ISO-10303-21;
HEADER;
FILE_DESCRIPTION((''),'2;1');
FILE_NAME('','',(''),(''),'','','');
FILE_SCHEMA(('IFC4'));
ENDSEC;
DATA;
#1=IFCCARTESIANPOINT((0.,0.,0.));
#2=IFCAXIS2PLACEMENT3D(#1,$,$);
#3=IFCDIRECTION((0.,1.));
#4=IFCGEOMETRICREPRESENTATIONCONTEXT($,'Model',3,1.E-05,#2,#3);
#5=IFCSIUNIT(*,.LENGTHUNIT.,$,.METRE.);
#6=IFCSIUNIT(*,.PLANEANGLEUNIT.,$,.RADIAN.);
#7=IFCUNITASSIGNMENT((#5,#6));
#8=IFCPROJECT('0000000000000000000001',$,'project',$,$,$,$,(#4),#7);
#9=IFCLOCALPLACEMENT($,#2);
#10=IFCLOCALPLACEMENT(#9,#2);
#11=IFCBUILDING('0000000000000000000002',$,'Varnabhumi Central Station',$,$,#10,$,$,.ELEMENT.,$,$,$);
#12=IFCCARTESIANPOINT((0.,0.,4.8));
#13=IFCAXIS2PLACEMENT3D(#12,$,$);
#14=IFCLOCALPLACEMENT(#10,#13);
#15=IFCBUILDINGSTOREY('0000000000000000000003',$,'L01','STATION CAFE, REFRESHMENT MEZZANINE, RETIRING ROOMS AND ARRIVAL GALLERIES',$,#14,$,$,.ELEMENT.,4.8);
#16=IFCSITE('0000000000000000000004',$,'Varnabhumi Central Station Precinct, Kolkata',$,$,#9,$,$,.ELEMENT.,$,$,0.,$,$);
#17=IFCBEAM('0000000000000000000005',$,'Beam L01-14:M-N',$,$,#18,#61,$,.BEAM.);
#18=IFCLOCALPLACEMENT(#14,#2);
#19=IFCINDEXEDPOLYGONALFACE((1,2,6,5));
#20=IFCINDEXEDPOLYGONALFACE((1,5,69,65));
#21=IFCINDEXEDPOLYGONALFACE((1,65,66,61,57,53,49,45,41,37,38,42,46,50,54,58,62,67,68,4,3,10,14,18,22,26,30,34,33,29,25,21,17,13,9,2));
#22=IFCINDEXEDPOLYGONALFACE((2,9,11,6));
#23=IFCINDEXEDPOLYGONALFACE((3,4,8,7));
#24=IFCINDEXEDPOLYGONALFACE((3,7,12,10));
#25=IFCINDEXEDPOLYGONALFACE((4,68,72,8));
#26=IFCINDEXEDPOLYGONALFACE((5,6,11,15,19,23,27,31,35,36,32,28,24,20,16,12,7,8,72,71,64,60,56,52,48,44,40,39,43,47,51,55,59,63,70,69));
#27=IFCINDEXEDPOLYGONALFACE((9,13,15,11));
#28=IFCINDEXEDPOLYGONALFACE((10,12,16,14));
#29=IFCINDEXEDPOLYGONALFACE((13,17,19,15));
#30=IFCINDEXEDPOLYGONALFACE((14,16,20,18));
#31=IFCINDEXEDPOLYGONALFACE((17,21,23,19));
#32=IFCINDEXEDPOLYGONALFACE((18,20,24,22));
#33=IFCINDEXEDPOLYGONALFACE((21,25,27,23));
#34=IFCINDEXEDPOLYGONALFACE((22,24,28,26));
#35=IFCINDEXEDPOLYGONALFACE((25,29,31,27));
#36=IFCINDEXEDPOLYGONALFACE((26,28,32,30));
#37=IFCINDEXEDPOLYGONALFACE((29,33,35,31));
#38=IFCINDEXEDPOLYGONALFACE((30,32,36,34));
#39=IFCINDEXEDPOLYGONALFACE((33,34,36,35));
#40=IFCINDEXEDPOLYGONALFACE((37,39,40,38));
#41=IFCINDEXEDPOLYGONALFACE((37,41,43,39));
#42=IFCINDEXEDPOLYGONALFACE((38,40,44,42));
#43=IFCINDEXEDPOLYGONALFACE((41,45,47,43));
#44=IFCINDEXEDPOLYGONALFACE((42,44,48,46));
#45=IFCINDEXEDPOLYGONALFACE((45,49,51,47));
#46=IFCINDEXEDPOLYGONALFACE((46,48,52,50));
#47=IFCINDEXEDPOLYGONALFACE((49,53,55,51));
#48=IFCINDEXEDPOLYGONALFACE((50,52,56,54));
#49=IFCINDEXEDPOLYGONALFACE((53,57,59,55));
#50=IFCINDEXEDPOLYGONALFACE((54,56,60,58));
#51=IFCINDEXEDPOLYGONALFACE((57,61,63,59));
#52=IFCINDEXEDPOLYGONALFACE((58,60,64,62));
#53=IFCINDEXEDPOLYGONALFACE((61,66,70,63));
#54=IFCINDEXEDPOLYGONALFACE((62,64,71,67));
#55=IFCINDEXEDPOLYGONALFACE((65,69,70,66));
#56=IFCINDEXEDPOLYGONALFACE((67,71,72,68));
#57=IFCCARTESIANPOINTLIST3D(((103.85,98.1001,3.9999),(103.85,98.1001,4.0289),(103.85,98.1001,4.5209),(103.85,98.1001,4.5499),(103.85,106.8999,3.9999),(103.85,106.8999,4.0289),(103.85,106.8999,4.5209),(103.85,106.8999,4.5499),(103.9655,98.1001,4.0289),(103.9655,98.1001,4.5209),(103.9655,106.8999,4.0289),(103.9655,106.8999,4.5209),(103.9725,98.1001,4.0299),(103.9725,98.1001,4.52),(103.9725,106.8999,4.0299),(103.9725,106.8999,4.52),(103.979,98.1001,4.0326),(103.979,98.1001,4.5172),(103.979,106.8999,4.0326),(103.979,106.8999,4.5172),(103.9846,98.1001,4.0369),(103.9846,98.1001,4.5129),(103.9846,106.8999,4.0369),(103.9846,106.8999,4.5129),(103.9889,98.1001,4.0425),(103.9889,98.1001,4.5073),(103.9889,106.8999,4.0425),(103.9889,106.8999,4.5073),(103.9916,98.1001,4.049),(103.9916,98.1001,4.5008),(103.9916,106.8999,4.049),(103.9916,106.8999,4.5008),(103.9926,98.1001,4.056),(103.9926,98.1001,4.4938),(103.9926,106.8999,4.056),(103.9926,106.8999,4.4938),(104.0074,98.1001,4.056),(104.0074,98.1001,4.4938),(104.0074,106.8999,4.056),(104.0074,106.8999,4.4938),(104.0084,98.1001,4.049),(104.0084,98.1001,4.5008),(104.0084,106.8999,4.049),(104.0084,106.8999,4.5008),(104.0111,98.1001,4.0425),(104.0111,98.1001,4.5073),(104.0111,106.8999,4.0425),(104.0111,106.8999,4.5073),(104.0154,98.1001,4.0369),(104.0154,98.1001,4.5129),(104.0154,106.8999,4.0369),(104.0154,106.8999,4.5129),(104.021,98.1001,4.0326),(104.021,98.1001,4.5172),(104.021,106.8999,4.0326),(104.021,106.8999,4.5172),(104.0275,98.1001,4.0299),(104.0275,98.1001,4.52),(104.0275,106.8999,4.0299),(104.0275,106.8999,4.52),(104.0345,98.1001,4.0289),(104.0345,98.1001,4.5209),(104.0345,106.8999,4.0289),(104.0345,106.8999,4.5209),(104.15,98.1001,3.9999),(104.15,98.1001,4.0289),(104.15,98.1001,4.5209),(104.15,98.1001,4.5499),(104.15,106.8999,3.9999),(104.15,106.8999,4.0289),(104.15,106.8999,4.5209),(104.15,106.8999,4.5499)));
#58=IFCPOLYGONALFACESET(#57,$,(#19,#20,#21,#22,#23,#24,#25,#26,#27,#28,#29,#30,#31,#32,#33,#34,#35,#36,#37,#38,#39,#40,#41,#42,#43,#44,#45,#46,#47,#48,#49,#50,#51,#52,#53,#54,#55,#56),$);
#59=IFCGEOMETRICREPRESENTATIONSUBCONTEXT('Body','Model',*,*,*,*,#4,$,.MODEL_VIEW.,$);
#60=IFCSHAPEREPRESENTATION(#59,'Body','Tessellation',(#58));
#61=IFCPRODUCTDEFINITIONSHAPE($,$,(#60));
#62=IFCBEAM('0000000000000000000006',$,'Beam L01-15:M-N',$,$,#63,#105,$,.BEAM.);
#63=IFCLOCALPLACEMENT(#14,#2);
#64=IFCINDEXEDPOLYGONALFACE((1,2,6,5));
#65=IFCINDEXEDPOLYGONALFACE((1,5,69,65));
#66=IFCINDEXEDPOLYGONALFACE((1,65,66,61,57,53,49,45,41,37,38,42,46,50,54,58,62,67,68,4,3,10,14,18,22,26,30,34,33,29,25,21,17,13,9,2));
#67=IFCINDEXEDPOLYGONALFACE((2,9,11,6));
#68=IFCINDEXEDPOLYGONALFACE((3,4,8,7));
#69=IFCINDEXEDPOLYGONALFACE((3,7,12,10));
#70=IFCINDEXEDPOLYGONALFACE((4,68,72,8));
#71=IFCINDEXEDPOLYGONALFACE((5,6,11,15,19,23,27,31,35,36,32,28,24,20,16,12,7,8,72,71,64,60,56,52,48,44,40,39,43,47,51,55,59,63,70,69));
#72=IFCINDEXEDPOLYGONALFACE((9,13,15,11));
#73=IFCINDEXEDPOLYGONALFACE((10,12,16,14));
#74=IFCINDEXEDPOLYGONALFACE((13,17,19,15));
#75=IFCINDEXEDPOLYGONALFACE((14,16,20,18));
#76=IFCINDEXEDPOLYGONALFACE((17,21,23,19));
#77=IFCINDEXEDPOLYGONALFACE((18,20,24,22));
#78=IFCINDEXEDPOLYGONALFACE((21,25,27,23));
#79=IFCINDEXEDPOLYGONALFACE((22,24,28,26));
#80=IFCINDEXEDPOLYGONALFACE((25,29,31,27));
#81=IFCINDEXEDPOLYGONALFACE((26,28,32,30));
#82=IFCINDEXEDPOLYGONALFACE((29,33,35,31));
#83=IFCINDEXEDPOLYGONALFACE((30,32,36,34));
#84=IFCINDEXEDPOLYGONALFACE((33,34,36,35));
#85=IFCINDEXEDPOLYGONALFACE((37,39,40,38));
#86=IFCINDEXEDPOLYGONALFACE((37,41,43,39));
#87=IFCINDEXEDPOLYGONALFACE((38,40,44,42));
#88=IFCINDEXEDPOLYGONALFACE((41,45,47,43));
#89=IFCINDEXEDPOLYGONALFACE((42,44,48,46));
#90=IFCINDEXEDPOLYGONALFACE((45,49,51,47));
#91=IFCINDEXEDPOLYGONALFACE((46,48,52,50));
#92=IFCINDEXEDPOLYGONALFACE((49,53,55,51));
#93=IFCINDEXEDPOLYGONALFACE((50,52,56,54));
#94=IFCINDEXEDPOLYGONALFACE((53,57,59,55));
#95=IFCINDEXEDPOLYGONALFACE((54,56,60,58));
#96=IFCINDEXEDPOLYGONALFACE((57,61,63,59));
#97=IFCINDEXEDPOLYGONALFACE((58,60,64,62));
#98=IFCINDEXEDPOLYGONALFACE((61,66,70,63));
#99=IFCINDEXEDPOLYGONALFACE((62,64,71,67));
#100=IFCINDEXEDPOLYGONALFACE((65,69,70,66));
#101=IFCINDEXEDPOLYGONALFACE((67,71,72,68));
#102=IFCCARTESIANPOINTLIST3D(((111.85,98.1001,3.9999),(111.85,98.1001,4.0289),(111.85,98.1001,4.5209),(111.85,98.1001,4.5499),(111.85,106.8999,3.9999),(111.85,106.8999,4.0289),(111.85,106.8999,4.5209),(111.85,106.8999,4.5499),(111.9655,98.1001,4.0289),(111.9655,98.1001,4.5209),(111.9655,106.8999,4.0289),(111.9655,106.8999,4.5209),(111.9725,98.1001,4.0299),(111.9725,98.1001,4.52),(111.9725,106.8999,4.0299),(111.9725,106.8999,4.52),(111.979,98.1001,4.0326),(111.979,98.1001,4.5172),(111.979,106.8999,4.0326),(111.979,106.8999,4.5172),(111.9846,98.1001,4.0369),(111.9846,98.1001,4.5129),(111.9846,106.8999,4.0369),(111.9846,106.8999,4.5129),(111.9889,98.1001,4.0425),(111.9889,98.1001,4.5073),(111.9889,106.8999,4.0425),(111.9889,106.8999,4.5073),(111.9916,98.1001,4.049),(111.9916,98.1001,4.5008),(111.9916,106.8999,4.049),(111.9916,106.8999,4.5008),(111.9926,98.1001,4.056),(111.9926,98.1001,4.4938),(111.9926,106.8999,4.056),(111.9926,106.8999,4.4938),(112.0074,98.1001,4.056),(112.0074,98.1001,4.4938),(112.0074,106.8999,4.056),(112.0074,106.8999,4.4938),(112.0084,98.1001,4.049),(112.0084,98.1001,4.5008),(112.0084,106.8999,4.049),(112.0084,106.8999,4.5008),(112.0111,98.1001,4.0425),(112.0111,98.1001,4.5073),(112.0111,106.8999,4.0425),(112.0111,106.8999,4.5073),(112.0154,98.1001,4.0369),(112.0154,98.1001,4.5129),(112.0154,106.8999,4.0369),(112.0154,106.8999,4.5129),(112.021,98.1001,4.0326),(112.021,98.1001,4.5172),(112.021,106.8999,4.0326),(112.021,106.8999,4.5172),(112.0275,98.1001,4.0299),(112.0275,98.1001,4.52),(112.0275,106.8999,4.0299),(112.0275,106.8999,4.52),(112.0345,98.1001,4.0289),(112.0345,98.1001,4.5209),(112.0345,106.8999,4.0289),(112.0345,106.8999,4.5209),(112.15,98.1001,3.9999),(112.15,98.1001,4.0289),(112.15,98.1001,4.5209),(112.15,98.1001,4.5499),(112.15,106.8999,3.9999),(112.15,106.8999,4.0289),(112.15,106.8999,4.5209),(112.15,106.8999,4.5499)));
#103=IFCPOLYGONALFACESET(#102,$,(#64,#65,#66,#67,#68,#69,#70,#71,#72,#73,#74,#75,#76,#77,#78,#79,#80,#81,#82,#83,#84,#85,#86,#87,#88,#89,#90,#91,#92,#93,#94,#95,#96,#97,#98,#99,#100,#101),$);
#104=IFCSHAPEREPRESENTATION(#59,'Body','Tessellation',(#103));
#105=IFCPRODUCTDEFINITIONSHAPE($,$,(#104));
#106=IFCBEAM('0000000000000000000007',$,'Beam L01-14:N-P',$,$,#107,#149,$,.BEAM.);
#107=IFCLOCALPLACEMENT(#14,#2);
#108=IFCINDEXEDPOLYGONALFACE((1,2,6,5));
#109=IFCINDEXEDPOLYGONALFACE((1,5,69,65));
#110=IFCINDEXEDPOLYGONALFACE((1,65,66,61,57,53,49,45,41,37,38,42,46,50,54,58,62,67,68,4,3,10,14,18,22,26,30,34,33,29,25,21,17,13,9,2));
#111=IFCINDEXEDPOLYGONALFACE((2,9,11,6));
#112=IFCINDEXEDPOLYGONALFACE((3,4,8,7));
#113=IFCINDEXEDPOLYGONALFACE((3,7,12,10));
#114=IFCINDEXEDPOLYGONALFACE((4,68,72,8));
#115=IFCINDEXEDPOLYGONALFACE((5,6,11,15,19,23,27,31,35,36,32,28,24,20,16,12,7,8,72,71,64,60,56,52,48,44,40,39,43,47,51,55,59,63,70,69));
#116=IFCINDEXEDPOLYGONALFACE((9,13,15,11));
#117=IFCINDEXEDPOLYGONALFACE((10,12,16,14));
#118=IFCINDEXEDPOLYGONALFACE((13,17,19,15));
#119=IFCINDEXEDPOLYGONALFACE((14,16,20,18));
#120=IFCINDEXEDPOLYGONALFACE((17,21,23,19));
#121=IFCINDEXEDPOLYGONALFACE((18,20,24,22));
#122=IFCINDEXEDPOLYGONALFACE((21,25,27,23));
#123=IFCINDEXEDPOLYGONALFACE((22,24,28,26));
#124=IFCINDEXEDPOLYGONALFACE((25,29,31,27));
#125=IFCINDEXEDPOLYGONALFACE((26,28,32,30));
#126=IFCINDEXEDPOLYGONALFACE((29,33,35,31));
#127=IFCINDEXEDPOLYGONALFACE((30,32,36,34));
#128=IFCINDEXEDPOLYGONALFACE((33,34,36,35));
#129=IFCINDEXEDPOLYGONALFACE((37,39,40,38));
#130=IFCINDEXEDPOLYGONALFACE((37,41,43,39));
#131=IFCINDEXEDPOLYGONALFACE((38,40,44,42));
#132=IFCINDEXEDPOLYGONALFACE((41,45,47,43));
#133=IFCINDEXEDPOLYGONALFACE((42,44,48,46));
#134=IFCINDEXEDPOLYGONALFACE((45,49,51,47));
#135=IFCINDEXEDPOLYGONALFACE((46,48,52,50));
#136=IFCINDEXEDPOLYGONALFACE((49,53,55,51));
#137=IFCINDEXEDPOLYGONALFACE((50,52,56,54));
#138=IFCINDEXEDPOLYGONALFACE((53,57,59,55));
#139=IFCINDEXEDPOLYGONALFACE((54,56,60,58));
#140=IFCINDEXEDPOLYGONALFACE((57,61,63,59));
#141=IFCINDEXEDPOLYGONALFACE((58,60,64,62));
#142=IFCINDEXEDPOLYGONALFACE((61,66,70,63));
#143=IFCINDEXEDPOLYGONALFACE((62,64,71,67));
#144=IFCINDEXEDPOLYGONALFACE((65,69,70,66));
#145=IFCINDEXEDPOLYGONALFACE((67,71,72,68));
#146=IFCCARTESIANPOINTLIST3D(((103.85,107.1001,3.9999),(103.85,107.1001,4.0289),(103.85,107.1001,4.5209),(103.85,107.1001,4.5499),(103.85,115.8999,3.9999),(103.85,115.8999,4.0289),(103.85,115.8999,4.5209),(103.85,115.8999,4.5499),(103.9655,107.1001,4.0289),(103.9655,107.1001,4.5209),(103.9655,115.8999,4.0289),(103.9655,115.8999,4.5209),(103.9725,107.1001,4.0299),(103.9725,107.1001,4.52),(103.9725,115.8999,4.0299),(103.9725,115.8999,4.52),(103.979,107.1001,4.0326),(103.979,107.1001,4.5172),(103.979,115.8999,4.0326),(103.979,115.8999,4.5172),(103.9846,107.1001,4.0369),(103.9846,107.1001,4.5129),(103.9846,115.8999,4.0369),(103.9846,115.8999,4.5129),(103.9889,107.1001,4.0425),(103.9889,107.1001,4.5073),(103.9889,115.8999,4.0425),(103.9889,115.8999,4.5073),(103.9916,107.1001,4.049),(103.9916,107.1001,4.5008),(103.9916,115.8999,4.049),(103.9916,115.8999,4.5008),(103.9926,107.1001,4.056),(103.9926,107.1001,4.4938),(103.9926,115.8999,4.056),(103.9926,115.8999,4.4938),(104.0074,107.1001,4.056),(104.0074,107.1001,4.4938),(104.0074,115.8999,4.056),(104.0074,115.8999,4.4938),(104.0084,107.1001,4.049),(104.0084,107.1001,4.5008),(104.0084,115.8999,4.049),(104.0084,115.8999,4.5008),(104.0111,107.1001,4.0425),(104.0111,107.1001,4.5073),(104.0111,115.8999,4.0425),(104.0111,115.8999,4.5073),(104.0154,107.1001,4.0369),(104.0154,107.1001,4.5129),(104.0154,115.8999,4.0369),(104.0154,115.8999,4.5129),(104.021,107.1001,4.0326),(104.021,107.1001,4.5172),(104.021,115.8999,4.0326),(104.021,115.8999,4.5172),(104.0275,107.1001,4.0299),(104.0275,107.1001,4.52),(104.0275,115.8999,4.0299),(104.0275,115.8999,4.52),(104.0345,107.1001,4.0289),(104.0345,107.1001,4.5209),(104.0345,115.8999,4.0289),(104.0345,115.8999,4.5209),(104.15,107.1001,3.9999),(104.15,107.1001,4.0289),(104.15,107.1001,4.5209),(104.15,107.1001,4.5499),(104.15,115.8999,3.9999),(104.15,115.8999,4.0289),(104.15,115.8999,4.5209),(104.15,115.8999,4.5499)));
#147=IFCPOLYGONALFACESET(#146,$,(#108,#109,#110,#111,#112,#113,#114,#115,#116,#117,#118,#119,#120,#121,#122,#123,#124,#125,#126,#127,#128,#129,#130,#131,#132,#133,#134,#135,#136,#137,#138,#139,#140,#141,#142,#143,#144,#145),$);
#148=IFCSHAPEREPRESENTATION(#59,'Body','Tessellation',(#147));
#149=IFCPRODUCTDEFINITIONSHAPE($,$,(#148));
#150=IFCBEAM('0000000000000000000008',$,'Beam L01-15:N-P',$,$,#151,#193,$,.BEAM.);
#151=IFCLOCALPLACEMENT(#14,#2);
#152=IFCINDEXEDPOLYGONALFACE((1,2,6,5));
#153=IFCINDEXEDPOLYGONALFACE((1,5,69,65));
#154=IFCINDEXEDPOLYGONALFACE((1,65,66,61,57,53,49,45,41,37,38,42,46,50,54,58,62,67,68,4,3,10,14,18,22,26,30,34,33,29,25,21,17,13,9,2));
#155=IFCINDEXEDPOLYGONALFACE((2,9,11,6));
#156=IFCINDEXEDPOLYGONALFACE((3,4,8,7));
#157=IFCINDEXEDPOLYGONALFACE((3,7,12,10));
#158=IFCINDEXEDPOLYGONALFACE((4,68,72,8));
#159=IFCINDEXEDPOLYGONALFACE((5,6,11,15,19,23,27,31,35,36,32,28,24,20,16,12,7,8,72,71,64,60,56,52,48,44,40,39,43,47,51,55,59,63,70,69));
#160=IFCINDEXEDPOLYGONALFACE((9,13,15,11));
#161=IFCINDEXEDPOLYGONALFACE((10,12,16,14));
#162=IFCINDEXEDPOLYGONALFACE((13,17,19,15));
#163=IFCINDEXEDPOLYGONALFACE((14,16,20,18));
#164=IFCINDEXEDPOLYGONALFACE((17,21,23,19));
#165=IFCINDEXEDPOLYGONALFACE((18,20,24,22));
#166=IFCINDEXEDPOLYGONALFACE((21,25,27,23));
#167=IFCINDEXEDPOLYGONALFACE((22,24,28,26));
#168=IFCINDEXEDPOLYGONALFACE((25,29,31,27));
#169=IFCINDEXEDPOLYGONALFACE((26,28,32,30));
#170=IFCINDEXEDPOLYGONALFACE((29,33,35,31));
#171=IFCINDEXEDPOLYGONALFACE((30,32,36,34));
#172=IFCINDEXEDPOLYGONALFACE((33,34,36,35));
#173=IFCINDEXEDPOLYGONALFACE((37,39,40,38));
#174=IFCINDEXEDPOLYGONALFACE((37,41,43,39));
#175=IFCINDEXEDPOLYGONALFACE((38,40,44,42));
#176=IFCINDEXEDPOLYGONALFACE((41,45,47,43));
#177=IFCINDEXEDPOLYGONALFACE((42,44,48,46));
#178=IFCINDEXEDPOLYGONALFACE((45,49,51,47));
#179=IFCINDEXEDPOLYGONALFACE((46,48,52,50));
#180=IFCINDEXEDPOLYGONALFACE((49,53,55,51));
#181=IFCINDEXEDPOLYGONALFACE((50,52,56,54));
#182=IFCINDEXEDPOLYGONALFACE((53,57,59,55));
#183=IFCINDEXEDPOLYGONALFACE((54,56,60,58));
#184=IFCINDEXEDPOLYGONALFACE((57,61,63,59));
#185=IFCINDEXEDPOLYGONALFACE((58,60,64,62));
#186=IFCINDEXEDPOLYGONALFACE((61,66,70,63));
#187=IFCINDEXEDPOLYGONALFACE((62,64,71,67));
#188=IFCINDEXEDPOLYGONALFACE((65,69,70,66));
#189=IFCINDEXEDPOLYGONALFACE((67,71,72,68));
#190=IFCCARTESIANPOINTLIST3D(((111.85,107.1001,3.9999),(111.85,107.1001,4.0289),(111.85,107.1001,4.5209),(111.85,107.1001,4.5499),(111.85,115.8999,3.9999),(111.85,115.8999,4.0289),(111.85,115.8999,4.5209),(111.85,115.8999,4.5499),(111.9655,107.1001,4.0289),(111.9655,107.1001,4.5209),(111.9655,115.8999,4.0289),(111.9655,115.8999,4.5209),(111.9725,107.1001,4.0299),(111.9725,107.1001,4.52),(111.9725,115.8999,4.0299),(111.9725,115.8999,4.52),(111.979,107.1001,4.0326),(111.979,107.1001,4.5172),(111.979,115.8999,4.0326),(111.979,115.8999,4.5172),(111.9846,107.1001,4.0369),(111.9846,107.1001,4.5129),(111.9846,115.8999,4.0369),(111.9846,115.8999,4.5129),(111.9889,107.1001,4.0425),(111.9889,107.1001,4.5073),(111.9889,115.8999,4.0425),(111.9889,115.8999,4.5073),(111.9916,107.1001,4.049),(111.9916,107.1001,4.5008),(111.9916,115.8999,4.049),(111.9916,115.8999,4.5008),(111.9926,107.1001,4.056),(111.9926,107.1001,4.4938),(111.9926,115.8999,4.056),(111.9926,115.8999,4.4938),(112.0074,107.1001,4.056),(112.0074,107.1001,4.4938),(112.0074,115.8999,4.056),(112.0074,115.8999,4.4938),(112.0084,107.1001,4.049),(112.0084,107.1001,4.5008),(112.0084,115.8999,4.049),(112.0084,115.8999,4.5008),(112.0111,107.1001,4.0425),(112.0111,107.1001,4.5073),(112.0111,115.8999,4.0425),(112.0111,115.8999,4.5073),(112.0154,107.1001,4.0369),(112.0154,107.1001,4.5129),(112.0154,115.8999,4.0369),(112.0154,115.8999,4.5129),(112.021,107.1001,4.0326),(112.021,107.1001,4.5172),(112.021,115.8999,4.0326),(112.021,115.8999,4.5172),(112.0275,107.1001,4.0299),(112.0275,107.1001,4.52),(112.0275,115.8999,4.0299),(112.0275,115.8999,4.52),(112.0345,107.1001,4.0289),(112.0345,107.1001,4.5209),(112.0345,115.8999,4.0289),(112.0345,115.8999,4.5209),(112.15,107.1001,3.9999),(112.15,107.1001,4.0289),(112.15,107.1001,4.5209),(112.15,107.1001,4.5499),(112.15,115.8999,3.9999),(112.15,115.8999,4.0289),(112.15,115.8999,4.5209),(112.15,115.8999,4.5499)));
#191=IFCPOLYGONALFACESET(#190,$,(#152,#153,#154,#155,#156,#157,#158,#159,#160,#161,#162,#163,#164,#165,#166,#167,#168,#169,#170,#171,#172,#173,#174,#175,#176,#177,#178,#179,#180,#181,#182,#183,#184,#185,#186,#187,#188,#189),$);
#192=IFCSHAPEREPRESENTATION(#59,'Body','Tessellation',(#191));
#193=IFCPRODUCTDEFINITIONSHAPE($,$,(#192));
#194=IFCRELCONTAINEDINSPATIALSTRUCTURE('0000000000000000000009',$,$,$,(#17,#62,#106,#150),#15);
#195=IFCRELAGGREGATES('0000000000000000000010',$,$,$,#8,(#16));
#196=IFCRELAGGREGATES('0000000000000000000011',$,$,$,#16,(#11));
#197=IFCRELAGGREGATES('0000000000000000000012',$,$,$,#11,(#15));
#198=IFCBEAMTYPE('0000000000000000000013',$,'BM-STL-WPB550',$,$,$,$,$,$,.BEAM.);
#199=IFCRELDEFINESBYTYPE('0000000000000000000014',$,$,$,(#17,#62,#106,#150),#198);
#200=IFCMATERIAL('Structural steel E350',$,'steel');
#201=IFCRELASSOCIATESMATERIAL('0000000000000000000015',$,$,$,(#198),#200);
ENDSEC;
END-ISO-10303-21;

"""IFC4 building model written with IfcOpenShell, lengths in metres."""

from ifc_helpers import new_model, si_unit, direction, frame, origin, origin_2d, place, context, subcontext, project, spatial, i_section, extrude, material, material_profile, profile_set, type_object, element, save


model = new_model("IFC4")

# Units and contexts
model_context = context("Model", 3, precision=1e-05, world=origin(), true_north=direction((0.0, 1.0)))
body_context = subcontext(model_context, "Body", "Model", "MODEL_VIEW")
ifc_project = project(units=[si_unit("LENGTHUNIT", "METRE"), si_unit("PLANEANGLEUNIT", "RADIAN")], contexts=[model_context])

# Site, building, storey
site_placement = place(None, origin())
site = spatial("IfcSite", under=ifc_project, at=site_placement, Name="Varnabhumi Central Station Precinct, Kolkata", CompositionType="ELEMENT", RefElevation=0.0)
building_placement = place(site_placement, origin())
building = spatial("IfcBuilding", under=site, at=building_placement, Name="Varnabhumi Central Station", CompositionType="ELEMENT")
storey_placement = place(building_placement, frame((0.0, 0.0, 4.8)))
storey = spatial("IfcBuildingStorey", under=building, at=storey_placement, Name="L01", Description="STATION CAFE, REFRESHMENT MEZZANINE, RETIRING ROOMS AND ARRIVAL GALLERIES", CompositionType="ELEMENT", Elevation=4.8)

# Beams
ifc_material_1 = material(Name="Structural steel E350", Category="steel")
ifc_material_profile_1 = material_profile(ifc_material_1, i_section(OverallWidth=0.3, OverallDepth=0.55, WebThickness=0.0149, FlangeThickness=0.0291, FilletRadius=0.0271, at=origin_2d()), Name="Structural steel E350", Category="steel")
ifc_profile_set_1 = profile_set([ifc_material_profile_1], Name="Structural steel E350")
beam_type_1 = type_object("IfcBeamType", Name="BM-STL-WPB550", PredefinedType="BEAM", material=ifc_profile_set_1)
for number, where, z_axis, x_axis, name in (
    (1, (104.0, 98.1001, 4.2749), (0.0, 1.0, 0.0), (-1.0, 0.0, 0.0), "Beam L01-14:M-N"),
    (2, (112.0, 98.1001, 4.2749), (0.0, 1.0, 0.0), (-1.0, 0.0, 0.0), "Beam L01-15:M-N"),
    (3, (104.0, 107.1001, 4.2749), (0.0, 1.0, 0.0), (-1.0, 0.0, 0.0), "Beam L01-14:N-P"),
    (4, (112.0, 107.1001, 4.2749), (0.0, 1.0, 0.0), (-1.0, 0.0, 0.0), "Beam L01-15:N-P"),
):
    element("IfcBeam", number, at=place(storey_placement, frame(where, z_axis=z_axis, x_axis=x_axis)), inside=storey, type_object=beam_type_1, Name=name, PredefinedType="BEAM", context=body_context, shape_type="SweptSolid", body=[
        extrude(i_section(OverallWidth=0.3, OverallDepth=0.55, WebThickness=0.0149, FlangeThickness=0.0291, FilletRadius=0.0271, at=origin_2d()), origin(), (0.0, 0.0, 1.0), 8.7998),
    ])

save(model, "model.ifc")
